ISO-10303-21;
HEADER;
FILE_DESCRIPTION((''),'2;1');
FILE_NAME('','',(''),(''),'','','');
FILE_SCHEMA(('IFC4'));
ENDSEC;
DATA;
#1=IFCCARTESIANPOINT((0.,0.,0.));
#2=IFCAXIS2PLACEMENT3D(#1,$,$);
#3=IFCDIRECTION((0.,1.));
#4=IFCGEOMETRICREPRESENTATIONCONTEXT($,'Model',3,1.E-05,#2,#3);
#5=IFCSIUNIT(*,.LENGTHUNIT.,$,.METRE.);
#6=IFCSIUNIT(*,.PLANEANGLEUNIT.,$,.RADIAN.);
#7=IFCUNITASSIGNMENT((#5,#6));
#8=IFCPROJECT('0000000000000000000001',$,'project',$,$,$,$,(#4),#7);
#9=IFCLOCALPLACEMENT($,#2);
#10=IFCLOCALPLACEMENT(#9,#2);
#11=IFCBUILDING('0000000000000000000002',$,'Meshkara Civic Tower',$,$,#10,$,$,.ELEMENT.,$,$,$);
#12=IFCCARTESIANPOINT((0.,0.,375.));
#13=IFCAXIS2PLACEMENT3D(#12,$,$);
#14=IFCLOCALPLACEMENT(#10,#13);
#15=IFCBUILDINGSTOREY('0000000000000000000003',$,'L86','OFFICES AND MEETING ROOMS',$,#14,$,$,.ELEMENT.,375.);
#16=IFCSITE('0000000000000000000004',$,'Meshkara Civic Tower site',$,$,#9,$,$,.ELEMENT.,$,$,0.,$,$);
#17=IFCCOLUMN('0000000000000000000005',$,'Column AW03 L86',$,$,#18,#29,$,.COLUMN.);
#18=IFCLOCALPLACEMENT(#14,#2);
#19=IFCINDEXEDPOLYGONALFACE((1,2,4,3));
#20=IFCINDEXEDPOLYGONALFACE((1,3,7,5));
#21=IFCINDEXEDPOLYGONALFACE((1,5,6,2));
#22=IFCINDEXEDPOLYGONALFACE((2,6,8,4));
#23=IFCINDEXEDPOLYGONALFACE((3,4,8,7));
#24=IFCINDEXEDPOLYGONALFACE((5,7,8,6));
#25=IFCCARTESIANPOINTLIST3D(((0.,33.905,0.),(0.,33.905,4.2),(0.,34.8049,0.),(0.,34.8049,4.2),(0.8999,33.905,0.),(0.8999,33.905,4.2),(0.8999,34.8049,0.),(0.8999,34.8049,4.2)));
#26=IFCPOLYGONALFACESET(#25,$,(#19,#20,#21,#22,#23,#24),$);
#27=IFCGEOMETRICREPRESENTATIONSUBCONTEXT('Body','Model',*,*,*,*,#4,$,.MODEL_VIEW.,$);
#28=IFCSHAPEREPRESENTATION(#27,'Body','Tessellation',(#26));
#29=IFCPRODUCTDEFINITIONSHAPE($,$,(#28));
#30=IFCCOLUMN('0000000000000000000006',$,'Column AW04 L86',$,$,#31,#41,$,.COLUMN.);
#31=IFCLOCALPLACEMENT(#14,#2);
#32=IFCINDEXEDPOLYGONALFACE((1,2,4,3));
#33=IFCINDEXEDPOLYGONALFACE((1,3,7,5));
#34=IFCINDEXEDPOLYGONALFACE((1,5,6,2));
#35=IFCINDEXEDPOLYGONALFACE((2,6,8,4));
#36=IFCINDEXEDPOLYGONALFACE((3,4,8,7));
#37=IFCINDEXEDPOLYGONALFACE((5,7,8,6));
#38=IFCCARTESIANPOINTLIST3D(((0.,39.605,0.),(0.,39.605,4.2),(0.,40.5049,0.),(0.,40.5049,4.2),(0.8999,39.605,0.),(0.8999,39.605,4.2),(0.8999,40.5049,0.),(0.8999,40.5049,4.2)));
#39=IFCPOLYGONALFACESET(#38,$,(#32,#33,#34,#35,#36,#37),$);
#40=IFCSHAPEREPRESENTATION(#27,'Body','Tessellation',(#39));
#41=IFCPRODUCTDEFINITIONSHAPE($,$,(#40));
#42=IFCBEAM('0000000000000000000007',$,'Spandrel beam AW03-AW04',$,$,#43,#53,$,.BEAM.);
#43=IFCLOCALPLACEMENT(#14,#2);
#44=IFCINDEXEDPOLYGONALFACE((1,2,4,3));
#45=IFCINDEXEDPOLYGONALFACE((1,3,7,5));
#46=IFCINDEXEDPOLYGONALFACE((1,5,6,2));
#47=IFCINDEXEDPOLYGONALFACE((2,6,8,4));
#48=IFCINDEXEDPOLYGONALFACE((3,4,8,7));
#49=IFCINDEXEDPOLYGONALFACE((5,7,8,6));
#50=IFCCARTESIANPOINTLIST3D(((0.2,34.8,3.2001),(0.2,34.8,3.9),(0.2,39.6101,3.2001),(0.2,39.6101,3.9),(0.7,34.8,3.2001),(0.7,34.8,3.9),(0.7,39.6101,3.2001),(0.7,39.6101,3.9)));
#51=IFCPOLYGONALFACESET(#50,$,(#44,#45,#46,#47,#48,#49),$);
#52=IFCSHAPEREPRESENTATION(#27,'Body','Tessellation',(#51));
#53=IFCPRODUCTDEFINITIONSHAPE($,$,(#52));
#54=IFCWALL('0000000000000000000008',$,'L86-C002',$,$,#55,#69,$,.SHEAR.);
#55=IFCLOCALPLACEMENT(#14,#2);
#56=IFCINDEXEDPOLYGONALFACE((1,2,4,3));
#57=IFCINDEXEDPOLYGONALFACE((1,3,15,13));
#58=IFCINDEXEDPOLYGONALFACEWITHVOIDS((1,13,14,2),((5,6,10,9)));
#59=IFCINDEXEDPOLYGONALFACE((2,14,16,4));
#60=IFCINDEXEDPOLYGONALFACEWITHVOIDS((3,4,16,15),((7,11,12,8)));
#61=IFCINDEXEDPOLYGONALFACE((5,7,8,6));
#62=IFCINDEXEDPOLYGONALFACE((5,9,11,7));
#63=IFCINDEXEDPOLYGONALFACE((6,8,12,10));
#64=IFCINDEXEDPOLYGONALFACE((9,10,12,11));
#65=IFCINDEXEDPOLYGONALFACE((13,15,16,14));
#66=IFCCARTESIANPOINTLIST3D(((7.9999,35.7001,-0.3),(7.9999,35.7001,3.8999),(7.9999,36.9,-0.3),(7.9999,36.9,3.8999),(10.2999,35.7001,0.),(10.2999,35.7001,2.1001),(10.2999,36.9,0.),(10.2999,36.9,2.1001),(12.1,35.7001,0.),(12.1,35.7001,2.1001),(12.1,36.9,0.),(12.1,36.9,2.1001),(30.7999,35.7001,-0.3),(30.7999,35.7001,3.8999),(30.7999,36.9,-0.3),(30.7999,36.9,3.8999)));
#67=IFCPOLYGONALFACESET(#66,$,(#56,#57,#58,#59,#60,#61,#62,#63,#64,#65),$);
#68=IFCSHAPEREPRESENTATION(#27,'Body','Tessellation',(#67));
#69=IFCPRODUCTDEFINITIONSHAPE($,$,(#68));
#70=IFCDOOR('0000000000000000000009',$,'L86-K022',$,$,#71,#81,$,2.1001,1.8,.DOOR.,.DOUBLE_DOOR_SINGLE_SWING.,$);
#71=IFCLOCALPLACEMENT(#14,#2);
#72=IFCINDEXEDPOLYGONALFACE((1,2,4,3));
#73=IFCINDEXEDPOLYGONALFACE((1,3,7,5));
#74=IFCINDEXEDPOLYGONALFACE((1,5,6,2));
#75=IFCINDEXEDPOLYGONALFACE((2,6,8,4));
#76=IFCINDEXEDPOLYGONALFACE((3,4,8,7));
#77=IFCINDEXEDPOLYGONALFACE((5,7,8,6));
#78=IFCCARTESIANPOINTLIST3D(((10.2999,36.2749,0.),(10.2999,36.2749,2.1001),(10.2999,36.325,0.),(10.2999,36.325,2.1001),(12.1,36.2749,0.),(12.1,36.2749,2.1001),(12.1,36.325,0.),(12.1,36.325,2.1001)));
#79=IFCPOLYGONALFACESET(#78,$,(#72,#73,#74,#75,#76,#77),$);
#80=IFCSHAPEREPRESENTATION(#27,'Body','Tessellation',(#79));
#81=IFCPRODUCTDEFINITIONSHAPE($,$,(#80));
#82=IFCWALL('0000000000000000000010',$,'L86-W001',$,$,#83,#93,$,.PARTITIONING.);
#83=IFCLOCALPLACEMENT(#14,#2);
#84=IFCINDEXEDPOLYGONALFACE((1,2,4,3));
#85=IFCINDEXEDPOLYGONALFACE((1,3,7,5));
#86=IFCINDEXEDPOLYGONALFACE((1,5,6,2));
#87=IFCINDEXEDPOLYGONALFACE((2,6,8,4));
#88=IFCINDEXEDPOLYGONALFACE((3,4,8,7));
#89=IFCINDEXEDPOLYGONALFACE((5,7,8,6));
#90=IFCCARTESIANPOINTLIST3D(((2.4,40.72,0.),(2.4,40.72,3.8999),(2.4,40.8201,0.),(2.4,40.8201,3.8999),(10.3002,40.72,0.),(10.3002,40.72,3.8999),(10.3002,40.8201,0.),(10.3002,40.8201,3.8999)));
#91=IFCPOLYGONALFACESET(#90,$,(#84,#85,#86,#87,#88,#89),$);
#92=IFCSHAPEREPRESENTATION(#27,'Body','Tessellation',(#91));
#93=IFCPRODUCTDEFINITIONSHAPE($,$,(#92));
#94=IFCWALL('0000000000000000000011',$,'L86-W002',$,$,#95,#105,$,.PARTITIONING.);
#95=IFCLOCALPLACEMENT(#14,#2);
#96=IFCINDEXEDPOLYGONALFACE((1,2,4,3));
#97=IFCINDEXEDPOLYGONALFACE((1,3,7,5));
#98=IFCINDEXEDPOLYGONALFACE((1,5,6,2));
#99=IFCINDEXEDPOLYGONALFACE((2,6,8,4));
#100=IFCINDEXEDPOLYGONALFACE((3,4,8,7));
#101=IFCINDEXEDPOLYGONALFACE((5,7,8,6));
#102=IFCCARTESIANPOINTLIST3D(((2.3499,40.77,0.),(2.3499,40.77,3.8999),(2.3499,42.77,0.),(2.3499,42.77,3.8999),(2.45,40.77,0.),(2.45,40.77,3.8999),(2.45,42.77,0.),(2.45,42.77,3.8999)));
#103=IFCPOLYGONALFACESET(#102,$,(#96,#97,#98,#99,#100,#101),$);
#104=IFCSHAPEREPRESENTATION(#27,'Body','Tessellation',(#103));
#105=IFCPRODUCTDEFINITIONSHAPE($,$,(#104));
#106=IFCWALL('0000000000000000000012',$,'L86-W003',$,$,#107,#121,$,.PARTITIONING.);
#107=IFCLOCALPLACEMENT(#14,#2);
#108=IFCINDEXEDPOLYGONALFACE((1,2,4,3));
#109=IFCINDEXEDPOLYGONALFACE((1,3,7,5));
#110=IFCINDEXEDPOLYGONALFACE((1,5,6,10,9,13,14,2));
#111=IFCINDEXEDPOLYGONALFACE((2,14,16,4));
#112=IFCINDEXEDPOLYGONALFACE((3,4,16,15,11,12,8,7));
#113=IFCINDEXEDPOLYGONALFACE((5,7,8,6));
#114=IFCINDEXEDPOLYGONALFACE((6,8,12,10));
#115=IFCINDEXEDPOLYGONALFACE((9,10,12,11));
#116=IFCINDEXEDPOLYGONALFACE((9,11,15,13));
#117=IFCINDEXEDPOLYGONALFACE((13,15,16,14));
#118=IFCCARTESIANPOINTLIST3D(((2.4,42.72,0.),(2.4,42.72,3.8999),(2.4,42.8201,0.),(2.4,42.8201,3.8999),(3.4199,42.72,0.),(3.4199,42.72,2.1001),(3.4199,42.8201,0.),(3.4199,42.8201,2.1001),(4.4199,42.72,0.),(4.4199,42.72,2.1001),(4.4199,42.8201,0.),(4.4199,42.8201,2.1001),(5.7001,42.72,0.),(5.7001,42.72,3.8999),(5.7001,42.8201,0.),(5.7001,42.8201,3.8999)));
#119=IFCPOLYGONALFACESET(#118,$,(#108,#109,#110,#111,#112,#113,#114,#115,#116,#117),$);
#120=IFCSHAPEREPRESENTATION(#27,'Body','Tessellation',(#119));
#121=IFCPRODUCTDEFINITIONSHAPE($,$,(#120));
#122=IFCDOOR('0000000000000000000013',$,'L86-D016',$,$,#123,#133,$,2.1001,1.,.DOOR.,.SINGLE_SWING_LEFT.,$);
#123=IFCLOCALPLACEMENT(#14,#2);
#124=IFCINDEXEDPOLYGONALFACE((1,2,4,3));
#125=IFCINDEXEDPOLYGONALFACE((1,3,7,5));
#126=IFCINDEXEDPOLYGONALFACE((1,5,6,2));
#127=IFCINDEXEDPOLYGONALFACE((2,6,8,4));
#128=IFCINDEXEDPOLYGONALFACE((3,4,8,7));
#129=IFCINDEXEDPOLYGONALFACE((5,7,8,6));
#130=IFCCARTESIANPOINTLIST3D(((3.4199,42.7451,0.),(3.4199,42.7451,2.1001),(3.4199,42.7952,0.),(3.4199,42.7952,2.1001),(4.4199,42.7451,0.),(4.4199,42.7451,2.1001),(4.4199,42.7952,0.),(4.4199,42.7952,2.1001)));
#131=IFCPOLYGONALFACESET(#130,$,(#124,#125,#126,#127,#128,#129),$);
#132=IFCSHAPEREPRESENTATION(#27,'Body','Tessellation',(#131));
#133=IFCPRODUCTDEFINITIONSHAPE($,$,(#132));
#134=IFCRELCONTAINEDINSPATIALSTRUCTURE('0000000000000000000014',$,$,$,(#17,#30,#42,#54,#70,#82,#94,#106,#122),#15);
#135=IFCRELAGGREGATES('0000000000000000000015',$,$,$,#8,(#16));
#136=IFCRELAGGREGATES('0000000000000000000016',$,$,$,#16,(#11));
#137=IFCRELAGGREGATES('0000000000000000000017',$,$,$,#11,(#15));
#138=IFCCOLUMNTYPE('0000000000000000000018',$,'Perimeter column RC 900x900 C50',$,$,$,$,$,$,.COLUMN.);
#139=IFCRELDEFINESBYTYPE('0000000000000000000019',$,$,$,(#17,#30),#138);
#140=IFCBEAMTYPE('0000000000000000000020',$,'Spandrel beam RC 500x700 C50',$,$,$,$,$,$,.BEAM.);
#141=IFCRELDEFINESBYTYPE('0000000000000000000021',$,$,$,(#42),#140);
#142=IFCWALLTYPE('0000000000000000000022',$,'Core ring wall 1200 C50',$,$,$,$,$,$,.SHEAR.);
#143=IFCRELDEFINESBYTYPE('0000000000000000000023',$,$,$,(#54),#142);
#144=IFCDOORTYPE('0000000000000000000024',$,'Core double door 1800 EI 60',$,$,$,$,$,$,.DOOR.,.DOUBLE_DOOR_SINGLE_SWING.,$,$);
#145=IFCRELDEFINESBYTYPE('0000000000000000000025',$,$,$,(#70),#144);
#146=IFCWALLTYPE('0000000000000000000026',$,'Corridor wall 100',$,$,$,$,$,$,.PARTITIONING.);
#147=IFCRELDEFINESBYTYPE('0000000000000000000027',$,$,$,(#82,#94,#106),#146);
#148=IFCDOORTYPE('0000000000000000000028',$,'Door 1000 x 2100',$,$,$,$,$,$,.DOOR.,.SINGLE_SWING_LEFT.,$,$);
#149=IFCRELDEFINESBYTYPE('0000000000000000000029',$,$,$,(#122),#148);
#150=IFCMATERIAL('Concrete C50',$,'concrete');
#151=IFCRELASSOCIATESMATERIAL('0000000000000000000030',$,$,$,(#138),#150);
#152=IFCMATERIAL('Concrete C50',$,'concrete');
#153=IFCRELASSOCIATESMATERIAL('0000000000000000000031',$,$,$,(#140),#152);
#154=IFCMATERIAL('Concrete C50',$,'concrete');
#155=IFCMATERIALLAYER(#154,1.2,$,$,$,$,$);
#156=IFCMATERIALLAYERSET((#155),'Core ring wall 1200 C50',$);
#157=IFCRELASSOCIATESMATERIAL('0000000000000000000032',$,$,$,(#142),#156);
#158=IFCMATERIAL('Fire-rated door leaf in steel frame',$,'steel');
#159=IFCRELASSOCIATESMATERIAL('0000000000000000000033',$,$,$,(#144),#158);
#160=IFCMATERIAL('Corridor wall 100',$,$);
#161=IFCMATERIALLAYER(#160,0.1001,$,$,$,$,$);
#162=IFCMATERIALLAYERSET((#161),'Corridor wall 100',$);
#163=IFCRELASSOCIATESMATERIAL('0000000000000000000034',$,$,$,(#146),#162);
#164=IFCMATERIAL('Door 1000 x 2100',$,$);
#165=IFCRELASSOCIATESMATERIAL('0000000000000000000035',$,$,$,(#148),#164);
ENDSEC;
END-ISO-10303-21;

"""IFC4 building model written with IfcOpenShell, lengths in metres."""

from ifc_helpers import new_model, si_unit, direction, frame, frame_2d, origin, origin_2d, place, context, subcontext, project, spatial, rectangle, extrude, material, layer, layer_set, material_profile, profile_set, type_object, element, fill, save


model = new_model("IFC4")

# Units and contexts
model_context = context("Model", 3, precision=1e-05, world=origin(), true_north=direction((0.0, 1.0)))
body_context = subcontext(model_context, "Body", "Model", "MODEL_VIEW")
ifc_project = project(units=[si_unit("LENGTHUNIT", "METRE"), si_unit("PLANEANGLEUNIT", "RADIAN")], contexts=[model_context])

# Site, building, storey
site_placement = place(None, origin())
site = spatial("IfcSite", under=ifc_project, at=site_placement, Name="Meshkara Civic Tower site", CompositionType="ELEMENT", RefElevation=0.0)
building_placement = place(site_placement, origin())
building = spatial("IfcBuilding", under=site, at=building_placement, Name="Meshkara Civic Tower", CompositionType="ELEMENT")
storey_placement = place(building_placement, frame((0.0, 0.0, 375.0)))
storey = spatial("IfcBuildingStorey", under=building, at=storey_placement, Name="L86", Description="OFFICES AND MEETING ROOMS", CompositionType="ELEMENT", Elevation=375.0)

# Columns
ifc_material_1 = material(Name="Concrete C50", Category="concrete")
ifc_material_profile_1 = material_profile(ifc_material_1, rectangle(XDim=0.8999, YDim=0.8999, at=origin_2d()))
ifc_profile_set_1 = profile_set([ifc_material_profile_1], Name="Concrete C50")
column_type = type_object("IfcColumnType", Name="Perimeter column RC 900x900 C50", PredefinedType="COLUMN", material=ifc_profile_set_1)
for number, where, z_axis, x_axis, name in (
    (1, (0.45, 34.355, 0.0), (0.0, 0.0, 1.0), (1.0, 0.0, 0.0), "Column AW03 L86"),
    (2, (0.45, 40.0549, 0.0), (0.0, 0.0, 1.0), (1.0, 0.0, 0.0), "Column AW04 L86"),
):
    element("IfcColumn", number, at=place(storey_placement, frame(where, z_axis=z_axis, x_axis=x_axis)), inside=storey, type_object=column_type, Name=name, PredefinedType="COLUMN", context=body_context, shape_type="SweptSolid", body=[
        extrude(rectangle(XDim=0.8999, YDim=0.8999, at=origin_2d()), origin(), (0.0, 0.0, 1.0), 4.2),
    ])

# Beam
ifc_material_2 = material(Name="Concrete C50", Category="concrete")
ifc_material_profile_2 = material_profile(ifc_material_2, rectangle(XDim=0.5, YDim=0.7, at=origin_2d()))
ifc_profile_set_2 = profile_set([ifc_material_profile_2], Name="Concrete C50")
beam_type = type_object("IfcBeamType", Name="Spandrel beam RC 500x700 C50", PredefinedType="BEAM", material=ifc_profile_set_2)
beam_placement = place(storey_placement, frame((0.45, 39.6101, 3.55), z_axis=(0.0, -1.0, 0.0), x_axis=(1.0, 0.0, 0.0)))
element("IfcBeam", 3, at=beam_placement, inside=storey, type_object=beam_type, Name="Spandrel beam AW03-AW04", PredefinedType="BEAM", context=body_context, shape_type="SweptSolid", body=[
    extrude(rectangle(XDim=0.5, YDim=0.7, at=origin_2d()), origin(), (0.0, 0.0, 1.0), 4.8101),
])

# Wall, opening, door
ifc_material_3 = material(Name="Concrete C50", Category="concrete")
ifc_layer_1 = layer(ifc_material_3, 1.2)
ifc_layer_set_1 = layer_set([ifc_layer_1], Name="Core ring wall 1200 C50")
wall_type_1 = type_object("IfcWallType", Name="Core ring wall 1200 C50", PredefinedType="SHEAR", material=ifc_layer_set_1)
wall_1_placement = place(storey_placement, frame((8.0, 36.3, -0.3), z_axis=(0.0, 0.0, 1.0), x_axis=(1.0, 0.0, 0.0)))
wall_1 = element("IfcWall", 4, at=wall_1_placement, inside=storey, type_object=wall_type_1, Name="L86-C002", PredefinedType="SHEAR", context=body_context, shape_type="SweptSolid", body=[
    extrude(rectangle(XDim=22.8, YDim=1.2, at=frame_2d((11.3999, 0.0))), origin(), (0.0, 0.0, 1.0), 4.2),
])
opening_1_placement = place(wall_1_placement, frame((2.3, 0.0, 0.3)))
opening_1 = element("IfcOpeningElement", 5, at=opening_1_placement, cuts=wall_1, PredefinedType="OPENING", context=body_context, shape_type="SweptSolid", body=[
    extrude(rectangle(XDim=1.8, YDim=2.1001, at=frame_2d((0.8999, 1.05))), frame((0.0, 0.6099, 0.0), z_axis=(0.0, -1.0, 0.0), x_axis=(1.0, 0.0, 0.0)), (0.0, 0.0, 1.0), 1.22),
])
ifc_material_4 = material(Name="Fire-rated door leaf in steel frame", Category="steel")
door_type_1 = type_object("IfcDoorType", Name="Core double door 1800 EI 60", OperationType="DOUBLE_DOOR_SINGLE_SWING", PredefinedType="DOOR", material=ifc_material_4)
door_1_placement = place(opening_1_placement, origin())
door_1 = element("IfcDoor", 6, at=door_1_placement, inside=storey, type_object=door_type_1, Name="L86-K022", OperationType="DOUBLE_DOOR_SINGLE_SWING", OverallHeight=2.1001, OverallWidth=1.8, PredefinedType="DOOR", context=body_context, shape_type="SweptSolid", body=[
    extrude(rectangle(XDim=1.8, YDim=2.1001, at=frame_2d((0.8999, 1.05))), frame((0.0, 0.0249, 0.0), z_axis=(0.0, -1.0, 0.0), x_axis=(1.0, 0.0, 0.0)), (0.0, 0.0, 1.0), 0.05),
])
fill(opening_1, door_1)

# Walls
ifc_material_5 = material(Name="Corridor wall 100")
ifc_layer_2 = layer(ifc_material_5, 0.1001)
ifc_layer_set_2 = layer_set([ifc_layer_2], Name="Corridor wall 100")
wall_type_2 = type_object("IfcWallType", Name="Corridor wall 100", PredefinedType="PARTITIONING", material=ifc_layer_set_2)
wall_2_placement = place(storey_placement, frame((2.3999, 40.77, 0.0), z_axis=(0.0, 0.0, 1.0), x_axis=(1.0, 0.0, 0.0)))
element("IfcWall", 7, at=wall_2_placement, inside=storey, type_object=wall_type_2, Name="L86-W001", PredefinedType="PARTITIONING", context=body_context, shape_type="SweptSolid", body=[
    extrude(rectangle(XDim=7.9001, YDim=0.1001, at=frame_2d((3.9502, 0.0))), origin(), (0.0, 0.0, 1.0), 3.8999),
])
wall_3_placement = place(storey_placement, frame((2.3999, 42.77, 0.0), z_axis=(0.0, 0.0, 1.0), x_axis=(0.0, -1.0, 0.0)))
element("IfcWall", 8, at=wall_3_placement, inside=storey, type_object=wall_type_2, Name="L86-W002", PredefinedType="PARTITIONING", context=body_context, shape_type="SweptSolid", body=[
    extrude(rectangle(XDim=2.0, YDim=0.1001, at=frame_2d((1.0, 0.0))), origin(), (0.0, 0.0, 1.0), 3.8999),
])

# Wall, opening, door
wall_4_placement = place(storey_placement, frame((5.7, 42.77, 0.0), z_axis=(0.0, 0.0, 1.0), x_axis=(-1.0, 0.0, 0.0)))
wall_4 = element("IfcWall", 9, at=wall_4_placement, inside=storey, type_object=wall_type_2, Name="L86-W003", PredefinedType="PARTITIONING", context=body_context, shape_type="SweptSolid", body=[
    extrude(rectangle(XDim=3.3, YDim=0.1001, at=frame_2d((1.6499, 0.0))), origin(), (0.0, 0.0, 1.0), 3.8999),
])
opening_2_placement = place(wall_4_placement, frame((1.28, 0.0, 0.0)))
opening_2 = element("IfcOpeningElement", 10, at=opening_2_placement, cuts=wall_4, PredefinedType="OPENING", context=body_context, shape_type="SweptSolid", body=[
    extrude(rectangle(XDim=1.0, YDim=2.1001, at=frame_2d((0.5, 1.05))), frame((0.0, 0.0601, 0.0), z_axis=(0.0, -1.0, 0.0), x_axis=(1.0, 0.0, 0.0)), (0.0, 0.0, 1.0), 0.1201),
])
ifc_material_6 = material(Name="Door 1000 x 2100")
door_type_2 = type_object("IfcDoorType", Name="Door 1000 x 2100", OperationType="SINGLE_SWING_LEFT", PredefinedType="DOOR", material=ifc_material_6)
door_2_placement = place(opening_2_placement, origin())
door_2 = element("IfcDoor", 11, at=door_2_placement, inside=storey, type_object=door_type_2, Name="L86-D016", OperationType="SINGLE_SWING_LEFT", OverallHeight=2.1001, OverallWidth=1.0, PredefinedType="DOOR", context=body_context, shape_type="SweptSolid", body=[
    extrude(rectangle(XDim=1.0, YDim=2.1001, at=frame_2d((0.5, 1.05))), frame((0.0, 0.0249, 0.0), z_axis=(0.0, -1.0, 0.0), x_axis=(1.0, 0.0, 0.0)), (0.0, 0.0, 1.0), 0.05),
])
fill(opening_2, door_2)

save(model, "model.ifc")
